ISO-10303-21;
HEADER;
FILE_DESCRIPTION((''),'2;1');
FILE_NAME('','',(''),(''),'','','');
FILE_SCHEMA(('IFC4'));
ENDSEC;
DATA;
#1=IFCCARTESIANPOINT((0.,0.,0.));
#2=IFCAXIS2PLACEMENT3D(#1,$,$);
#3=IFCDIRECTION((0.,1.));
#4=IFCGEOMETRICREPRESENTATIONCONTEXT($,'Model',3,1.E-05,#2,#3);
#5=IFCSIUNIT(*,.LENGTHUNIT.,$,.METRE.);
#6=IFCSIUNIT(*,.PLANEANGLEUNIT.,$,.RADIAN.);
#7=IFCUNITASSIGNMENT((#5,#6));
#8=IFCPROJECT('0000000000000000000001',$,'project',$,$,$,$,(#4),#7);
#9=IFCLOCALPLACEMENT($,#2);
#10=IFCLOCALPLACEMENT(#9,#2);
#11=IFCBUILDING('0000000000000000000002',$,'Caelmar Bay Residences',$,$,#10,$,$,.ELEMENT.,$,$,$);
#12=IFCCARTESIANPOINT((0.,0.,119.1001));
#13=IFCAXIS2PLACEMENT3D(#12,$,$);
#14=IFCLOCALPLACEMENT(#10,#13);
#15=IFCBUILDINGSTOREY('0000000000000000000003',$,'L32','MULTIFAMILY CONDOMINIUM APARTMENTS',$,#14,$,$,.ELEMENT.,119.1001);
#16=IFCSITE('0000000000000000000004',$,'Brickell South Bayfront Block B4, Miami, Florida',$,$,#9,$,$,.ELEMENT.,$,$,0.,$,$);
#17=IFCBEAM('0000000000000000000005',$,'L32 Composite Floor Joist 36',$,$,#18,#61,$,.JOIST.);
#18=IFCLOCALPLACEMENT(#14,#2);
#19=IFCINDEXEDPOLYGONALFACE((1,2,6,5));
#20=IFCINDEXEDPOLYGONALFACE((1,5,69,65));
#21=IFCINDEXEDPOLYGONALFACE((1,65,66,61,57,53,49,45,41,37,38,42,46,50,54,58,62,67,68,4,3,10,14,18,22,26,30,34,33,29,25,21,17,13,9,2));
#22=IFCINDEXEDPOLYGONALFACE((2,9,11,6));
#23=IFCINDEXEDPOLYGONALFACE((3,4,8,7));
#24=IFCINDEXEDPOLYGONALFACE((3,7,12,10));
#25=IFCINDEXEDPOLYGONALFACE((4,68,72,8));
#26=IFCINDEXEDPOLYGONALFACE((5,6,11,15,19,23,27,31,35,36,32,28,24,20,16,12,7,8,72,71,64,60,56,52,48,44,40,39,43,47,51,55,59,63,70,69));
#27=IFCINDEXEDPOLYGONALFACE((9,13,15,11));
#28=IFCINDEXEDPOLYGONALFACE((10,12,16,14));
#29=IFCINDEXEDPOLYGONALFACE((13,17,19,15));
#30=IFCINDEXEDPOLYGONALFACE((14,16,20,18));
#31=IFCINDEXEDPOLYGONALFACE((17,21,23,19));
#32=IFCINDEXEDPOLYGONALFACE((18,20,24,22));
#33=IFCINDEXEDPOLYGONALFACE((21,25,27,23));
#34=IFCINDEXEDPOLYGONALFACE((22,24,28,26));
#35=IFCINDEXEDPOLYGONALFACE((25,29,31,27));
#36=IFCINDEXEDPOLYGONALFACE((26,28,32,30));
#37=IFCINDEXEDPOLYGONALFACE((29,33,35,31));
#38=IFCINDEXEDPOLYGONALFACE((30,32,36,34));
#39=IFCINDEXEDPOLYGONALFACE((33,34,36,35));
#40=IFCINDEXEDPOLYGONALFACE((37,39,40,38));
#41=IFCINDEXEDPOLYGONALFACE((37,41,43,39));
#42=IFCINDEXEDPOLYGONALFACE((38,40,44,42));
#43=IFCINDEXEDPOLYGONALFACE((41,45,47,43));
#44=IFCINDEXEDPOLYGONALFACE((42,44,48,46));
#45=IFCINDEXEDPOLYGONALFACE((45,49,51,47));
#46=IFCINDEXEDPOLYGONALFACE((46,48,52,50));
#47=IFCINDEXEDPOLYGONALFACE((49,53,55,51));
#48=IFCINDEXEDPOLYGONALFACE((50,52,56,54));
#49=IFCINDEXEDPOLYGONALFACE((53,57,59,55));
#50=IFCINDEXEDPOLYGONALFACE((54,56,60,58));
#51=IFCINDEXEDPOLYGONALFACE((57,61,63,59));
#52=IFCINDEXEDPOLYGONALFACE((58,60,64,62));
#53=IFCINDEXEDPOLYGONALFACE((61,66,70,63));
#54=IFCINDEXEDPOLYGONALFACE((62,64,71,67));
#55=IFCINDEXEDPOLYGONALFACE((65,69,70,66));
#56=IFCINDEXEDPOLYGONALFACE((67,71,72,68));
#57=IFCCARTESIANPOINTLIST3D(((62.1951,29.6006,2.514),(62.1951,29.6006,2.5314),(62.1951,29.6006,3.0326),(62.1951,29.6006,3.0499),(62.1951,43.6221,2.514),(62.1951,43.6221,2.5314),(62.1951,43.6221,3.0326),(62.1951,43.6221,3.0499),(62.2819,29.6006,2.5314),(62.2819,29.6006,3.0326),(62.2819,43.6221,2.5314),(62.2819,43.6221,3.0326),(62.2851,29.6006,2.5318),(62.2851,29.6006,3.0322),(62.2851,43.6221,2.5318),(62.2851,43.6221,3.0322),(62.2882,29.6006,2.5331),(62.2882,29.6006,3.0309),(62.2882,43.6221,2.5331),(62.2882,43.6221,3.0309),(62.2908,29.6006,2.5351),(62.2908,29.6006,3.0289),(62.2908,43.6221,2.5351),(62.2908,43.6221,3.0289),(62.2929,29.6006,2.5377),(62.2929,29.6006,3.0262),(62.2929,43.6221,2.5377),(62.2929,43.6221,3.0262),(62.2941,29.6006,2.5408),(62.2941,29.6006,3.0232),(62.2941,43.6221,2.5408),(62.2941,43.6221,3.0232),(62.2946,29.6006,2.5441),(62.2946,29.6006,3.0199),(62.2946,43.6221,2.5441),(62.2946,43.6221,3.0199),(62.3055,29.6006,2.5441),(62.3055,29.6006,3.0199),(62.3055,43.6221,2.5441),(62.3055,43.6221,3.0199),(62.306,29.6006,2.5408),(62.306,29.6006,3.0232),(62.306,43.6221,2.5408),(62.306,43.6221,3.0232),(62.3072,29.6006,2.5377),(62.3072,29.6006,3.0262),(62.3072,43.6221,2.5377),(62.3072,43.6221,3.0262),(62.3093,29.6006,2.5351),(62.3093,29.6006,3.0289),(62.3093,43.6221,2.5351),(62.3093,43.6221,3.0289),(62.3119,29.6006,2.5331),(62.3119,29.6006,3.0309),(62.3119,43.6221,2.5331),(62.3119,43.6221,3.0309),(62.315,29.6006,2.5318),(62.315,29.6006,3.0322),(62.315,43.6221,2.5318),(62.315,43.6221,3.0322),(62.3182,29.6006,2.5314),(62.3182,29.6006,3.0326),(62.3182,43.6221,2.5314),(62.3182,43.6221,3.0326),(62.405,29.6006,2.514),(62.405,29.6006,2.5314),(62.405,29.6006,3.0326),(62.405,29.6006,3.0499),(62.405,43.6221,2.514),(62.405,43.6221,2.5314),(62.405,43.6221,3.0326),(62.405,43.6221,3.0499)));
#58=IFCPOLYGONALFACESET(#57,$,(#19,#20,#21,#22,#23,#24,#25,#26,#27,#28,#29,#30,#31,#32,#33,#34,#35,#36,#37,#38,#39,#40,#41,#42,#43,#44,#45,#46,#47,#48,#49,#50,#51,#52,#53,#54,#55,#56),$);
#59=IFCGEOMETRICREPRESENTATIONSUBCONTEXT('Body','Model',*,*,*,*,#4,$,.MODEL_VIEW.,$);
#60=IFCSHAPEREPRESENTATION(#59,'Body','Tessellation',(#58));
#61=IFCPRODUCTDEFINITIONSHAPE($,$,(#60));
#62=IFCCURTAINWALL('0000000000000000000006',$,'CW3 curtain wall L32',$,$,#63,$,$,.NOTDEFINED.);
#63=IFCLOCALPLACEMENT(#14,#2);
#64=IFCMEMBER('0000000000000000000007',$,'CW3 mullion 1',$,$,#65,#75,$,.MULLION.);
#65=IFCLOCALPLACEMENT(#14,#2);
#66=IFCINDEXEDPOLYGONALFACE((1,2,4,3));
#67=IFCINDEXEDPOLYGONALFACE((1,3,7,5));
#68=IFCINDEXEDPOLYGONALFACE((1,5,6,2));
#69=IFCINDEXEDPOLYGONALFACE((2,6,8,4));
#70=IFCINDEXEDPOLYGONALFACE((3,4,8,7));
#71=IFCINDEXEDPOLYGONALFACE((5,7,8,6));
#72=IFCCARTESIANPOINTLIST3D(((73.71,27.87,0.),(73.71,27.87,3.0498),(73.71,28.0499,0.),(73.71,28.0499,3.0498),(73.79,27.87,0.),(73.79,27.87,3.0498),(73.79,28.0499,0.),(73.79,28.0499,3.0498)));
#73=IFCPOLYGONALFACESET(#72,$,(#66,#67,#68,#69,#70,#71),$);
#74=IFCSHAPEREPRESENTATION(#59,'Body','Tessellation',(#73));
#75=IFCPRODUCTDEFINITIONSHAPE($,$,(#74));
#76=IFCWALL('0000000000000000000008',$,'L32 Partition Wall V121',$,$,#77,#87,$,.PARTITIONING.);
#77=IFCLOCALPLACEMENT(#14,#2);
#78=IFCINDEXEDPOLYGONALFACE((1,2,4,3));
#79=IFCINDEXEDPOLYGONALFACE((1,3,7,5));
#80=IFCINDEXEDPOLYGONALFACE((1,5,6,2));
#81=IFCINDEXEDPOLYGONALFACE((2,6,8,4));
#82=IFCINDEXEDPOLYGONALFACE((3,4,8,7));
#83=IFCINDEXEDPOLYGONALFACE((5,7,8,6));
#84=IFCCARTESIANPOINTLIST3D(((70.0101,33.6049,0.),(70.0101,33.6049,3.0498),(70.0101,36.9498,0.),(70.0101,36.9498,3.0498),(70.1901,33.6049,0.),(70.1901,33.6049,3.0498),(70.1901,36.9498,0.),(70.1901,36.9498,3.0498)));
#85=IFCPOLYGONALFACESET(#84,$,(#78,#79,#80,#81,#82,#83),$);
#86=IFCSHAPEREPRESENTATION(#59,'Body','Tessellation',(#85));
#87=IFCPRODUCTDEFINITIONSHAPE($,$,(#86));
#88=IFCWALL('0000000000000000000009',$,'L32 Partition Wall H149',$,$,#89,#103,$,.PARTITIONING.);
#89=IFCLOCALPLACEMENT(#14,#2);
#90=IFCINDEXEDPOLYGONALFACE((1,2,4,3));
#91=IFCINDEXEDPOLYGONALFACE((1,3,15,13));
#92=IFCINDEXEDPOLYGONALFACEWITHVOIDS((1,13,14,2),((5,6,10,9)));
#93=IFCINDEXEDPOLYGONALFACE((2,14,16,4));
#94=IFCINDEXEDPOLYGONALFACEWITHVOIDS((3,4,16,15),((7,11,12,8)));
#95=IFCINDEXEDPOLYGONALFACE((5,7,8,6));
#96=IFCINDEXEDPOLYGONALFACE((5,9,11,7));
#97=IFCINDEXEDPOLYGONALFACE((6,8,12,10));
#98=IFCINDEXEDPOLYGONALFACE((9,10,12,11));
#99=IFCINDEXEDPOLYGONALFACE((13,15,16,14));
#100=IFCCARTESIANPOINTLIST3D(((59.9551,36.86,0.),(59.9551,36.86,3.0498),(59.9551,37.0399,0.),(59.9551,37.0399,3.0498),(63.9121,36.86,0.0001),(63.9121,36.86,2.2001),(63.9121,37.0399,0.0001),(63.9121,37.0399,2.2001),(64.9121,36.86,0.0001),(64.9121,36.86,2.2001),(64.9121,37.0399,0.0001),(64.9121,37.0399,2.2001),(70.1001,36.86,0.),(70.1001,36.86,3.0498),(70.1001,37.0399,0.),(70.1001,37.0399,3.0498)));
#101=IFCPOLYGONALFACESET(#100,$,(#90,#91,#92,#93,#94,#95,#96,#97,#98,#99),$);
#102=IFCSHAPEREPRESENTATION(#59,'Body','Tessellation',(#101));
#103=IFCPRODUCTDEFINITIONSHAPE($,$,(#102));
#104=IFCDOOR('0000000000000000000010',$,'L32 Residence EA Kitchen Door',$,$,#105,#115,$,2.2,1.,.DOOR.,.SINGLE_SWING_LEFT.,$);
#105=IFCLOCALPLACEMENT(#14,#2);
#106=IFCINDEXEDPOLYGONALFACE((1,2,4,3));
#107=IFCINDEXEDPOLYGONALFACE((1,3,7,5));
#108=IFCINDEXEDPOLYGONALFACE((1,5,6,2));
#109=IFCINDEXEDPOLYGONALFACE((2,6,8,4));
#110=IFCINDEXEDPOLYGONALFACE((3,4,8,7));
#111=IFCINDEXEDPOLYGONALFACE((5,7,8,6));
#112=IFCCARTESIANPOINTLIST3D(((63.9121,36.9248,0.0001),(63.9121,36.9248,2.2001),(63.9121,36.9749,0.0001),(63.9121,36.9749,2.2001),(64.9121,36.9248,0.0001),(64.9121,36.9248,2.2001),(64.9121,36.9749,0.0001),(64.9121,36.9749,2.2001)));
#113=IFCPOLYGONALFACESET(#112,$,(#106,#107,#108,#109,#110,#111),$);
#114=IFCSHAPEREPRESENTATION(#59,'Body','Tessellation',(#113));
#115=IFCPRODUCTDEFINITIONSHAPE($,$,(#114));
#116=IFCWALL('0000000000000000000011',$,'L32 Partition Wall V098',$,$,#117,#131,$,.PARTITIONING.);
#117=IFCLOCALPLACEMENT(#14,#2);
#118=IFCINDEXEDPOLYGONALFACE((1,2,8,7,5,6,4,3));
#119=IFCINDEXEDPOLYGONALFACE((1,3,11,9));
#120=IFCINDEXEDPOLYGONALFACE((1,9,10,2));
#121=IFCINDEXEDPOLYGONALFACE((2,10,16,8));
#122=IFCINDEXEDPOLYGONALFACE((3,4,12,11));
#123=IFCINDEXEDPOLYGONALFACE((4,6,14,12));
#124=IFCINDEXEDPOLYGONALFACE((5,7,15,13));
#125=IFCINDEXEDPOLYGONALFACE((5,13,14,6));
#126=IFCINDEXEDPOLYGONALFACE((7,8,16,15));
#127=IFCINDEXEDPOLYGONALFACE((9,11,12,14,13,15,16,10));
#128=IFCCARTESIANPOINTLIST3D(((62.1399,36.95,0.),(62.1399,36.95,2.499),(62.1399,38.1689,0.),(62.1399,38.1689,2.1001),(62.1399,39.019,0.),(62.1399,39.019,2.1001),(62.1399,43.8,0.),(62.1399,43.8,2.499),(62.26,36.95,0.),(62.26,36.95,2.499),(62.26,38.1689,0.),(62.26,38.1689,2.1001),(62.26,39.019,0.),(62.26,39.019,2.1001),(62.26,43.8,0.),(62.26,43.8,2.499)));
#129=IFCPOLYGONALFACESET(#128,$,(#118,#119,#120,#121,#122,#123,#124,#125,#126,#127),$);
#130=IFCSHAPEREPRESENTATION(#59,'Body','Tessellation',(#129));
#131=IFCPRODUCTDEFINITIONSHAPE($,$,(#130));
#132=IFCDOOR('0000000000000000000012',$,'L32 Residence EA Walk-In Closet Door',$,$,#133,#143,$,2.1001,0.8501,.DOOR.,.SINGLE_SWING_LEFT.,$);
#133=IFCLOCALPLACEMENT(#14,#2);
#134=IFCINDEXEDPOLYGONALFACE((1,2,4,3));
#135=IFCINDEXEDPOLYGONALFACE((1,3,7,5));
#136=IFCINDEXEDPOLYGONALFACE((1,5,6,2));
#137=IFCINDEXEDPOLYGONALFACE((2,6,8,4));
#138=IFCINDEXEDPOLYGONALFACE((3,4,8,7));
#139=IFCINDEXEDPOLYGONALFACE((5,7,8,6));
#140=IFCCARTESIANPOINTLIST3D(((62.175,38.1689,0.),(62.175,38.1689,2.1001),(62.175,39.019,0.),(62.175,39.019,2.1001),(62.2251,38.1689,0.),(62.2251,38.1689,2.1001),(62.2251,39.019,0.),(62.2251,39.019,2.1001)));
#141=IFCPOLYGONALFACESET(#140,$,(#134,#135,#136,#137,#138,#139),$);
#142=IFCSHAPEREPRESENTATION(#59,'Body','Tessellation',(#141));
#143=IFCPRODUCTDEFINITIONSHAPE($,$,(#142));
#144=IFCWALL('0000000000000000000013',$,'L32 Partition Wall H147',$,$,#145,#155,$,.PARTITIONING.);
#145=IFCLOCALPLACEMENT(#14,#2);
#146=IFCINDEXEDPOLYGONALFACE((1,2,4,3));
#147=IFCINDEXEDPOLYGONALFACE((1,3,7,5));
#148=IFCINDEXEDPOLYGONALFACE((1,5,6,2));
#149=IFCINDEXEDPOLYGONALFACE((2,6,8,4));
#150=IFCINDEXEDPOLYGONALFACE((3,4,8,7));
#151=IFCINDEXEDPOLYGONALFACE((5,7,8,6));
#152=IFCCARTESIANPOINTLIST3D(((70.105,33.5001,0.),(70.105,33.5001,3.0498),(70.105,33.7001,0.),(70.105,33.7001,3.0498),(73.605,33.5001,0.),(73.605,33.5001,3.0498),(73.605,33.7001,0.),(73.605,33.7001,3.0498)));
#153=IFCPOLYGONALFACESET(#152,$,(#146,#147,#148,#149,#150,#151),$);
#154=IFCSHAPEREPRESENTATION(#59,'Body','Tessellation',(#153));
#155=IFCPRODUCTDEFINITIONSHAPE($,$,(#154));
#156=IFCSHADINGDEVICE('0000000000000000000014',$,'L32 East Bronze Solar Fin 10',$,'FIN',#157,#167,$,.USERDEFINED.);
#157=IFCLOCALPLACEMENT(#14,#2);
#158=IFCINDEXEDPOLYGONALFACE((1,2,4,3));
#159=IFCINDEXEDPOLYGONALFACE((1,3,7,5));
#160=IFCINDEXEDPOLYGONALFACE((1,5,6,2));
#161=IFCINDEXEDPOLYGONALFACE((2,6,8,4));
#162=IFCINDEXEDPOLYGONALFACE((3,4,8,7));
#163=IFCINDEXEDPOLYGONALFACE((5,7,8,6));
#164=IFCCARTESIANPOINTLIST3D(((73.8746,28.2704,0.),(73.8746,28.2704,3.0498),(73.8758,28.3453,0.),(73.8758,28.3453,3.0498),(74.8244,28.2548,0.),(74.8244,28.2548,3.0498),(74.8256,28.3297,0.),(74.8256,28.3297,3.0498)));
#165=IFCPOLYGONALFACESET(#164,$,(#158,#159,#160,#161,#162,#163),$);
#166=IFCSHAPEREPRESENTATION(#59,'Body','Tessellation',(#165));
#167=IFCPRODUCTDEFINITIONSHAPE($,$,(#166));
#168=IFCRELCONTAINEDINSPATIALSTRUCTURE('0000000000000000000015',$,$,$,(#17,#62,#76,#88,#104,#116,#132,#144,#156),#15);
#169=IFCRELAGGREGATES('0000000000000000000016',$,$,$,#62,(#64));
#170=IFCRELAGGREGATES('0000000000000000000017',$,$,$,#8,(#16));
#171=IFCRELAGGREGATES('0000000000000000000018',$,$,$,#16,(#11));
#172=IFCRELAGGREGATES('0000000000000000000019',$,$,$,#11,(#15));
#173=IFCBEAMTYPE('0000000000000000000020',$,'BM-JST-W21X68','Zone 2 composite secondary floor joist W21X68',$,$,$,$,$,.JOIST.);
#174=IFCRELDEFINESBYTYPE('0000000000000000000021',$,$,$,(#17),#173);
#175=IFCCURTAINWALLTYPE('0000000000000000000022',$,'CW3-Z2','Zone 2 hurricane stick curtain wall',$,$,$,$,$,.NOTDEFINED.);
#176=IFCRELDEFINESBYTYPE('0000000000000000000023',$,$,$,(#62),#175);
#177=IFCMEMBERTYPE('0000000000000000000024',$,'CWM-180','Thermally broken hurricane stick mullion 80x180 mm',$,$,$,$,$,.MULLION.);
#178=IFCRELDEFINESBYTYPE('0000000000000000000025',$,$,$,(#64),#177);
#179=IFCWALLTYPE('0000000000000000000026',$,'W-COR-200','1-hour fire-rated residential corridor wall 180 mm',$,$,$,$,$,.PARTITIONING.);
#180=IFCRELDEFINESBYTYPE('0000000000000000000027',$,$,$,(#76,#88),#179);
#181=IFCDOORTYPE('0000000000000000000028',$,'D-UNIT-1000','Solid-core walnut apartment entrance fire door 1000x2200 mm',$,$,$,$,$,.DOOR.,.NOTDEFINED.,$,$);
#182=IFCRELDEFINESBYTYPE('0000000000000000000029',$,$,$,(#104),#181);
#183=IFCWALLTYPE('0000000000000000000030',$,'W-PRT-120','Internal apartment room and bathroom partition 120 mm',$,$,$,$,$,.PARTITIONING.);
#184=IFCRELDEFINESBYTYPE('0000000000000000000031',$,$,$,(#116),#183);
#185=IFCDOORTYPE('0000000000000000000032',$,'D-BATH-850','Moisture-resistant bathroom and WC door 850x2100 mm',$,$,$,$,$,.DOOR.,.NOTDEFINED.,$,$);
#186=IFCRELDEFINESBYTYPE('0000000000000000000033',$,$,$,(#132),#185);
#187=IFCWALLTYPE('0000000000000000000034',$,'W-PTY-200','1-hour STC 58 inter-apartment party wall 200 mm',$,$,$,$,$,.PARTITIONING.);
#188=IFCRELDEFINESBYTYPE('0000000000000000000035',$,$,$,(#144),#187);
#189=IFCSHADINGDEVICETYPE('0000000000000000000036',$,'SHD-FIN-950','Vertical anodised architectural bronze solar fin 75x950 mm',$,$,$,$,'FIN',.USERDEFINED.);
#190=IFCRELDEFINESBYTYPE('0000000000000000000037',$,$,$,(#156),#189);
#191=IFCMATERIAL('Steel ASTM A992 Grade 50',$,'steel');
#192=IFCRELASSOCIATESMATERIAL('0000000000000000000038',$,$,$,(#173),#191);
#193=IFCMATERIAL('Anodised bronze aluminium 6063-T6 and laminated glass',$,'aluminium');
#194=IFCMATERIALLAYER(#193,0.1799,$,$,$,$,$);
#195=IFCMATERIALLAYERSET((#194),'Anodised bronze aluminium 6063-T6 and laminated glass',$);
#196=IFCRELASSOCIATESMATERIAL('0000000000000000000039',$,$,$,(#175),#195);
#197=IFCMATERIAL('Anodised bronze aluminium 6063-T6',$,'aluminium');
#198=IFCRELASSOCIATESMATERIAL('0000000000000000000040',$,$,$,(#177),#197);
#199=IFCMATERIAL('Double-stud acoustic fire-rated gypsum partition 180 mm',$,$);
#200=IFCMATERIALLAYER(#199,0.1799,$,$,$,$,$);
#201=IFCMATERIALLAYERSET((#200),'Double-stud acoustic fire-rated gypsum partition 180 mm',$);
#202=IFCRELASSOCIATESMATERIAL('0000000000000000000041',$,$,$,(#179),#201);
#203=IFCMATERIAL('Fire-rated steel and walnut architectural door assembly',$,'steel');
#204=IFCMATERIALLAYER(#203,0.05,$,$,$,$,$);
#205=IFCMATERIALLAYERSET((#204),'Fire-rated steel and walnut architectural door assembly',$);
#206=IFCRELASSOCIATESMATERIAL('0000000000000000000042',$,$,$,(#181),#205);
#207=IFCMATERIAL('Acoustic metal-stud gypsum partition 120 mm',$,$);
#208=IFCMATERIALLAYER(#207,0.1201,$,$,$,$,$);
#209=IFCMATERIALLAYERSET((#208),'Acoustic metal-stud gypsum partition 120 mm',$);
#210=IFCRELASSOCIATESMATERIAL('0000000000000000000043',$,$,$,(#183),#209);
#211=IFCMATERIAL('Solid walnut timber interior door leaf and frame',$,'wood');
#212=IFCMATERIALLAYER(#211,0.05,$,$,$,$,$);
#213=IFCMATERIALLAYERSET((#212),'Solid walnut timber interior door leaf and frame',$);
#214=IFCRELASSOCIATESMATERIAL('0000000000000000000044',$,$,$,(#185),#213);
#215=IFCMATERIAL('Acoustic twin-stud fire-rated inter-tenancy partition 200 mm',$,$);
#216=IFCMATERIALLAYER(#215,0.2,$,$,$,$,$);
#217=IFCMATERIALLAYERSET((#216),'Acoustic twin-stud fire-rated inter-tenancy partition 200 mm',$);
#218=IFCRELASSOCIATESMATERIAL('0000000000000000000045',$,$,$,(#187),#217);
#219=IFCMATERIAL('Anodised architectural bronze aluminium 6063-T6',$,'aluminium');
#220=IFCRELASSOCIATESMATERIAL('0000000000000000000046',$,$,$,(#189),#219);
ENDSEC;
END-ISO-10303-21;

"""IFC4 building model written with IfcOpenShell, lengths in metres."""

from ifc_helpers import new_model, si_unit, direction, frame, frame_2d, origin, origin_2d, place, context, subcontext, project, spatial, rectangle, i_section, extrude, material, layer, layer_set, material_profile, profile_set, type_object, element, fill, aggregate, save


model = new_model("IFC4")

# Units and contexts
model_context = context("Model", 3, precision=1e-05, world=origin(), true_north=direction((0.0, 1.0)))
body_context = subcontext(model_context, "Body", "Model", "MODEL_VIEW")
ifc_project = project(units=[si_unit("LENGTHUNIT", "METRE"), si_unit("PLANEANGLEUNIT", "RADIAN")], contexts=[model_context])

# Site, building, storey
site_placement = place(None, origin())
site = spatial("IfcSite", under=ifc_project, at=site_placement, Name="Brickell South Bayfront Block B4, Miami, Florida", CompositionType="ELEMENT", RefElevation=0.0)
building_placement = place(site_placement, origin())
building = spatial("IfcBuilding", under=site, at=building_placement, Name="Caelmar Bay Residences", CompositionType="ELEMENT")
storey_placement = place(building_placement, frame((0.0, 0.0, 119.1001)))
storey = spatial("IfcBuildingStorey", under=building, at=storey_placement, Name="L32", Description="MULTIFAMILY CONDOMINIUM APARTMENTS", CompositionType="ELEMENT", Elevation=119.1001)

# Beam
ifc_material_1 = material(Name="Steel ASTM A992 Grade 50", Category="steel")
ifc_material_profile_1 = material_profile(ifc_material_1, i_section(OverallWidth=0.21, OverallDepth=0.5359, WebThickness=0.011, FlangeThickness=0.0173, FilletRadius=0.0127, at=origin_2d()), Name="W21X68")
ifc_profile_set_1 = profile_set([ifc_material_profile_1], Name="Steel ASTM A992 Grade 50")
beam_type_1 = type_object("IfcBeamType", Name="BM-JST-W21X68", Description="Zone 2 composite secondary floor joist W21X68", PredefinedType="JOIST", material=ifc_profile_set_1)
beam_1_placement = place(storey_placement, frame((62.3, 29.6006, 2.782), z_axis=(0.0, 1.0, 0.0), x_axis=(-1.0, 0.0, 0.0)))
element("IfcBeam", 1, at=beam_1_placement, inside=storey, type_object=beam_type_1, Name="L32 Composite Floor Joist 36", PredefinedType="JOIST", context=body_context, shape_type="SweptSolid", body=[
    extrude(i_section(OverallWidth=0.21, OverallDepth=0.5359, WebThickness=0.011, FlangeThickness=0.0173, FilletRadius=0.0127, at=origin_2d()), origin(), (0.0, 0.0, 1.0), 14.0215),
])

# Curtain wall, member
ifc_material_2 = material(Name="Anodised bronze aluminium 6063-T6 and laminated glass", Category="aluminium")
ifc_layer_1 = layer(ifc_material_2, 0.1799)
ifc_layer_set_1 = layer_set([ifc_layer_1], Name="Anodised bronze aluminium 6063-T6 and laminated glass")
curtain_wall_type = type_object("IfcCurtainWallType", Name="CW3-Z2", Description="Zone 2 hurricane stick curtain wall", PredefinedType="NOTDEFINED", material=ifc_layer_set_1)
curtain_wall_placement = place(storey_placement, origin())
curtain_wall = element("IfcCurtainWall", 2, at=curtain_wall_placement, inside=storey, type_object=curtain_wall_type, Name="CW3 curtain wall L32", PredefinedType="NOTDEFINED")
ifc_material_3 = material(Name="Anodised bronze aluminium 6063-T6", Category="aluminium")
ifc_material_profile_2 = material_profile(ifc_material_3, rectangle(XDim=0.0801, YDim=0.1799, at=origin_2d()), Name="CWM-80X180")
ifc_profile_set_2 = profile_set([ifc_material_profile_2], Name="Anodised bronze aluminium 6063-T6")
member_type = type_object("IfcMemberType", Name="CWM-180", Description="Thermally broken hurricane stick mullion 80x180 mm", PredefinedType="MULLION", material=ifc_profile_set_2)
member_placement = place(storey_placement, frame((73.75, 27.96, 0.0), z_axis=(0.0, 0.0, 1.0), x_axis=(1.0, 0.0, 0.0)))
member = element("IfcMember", 3, at=member_placement, type_object=member_type, Name="CW3 mullion 1", PredefinedType="MULLION", context=body_context, shape_type="SweptSolid", body=[
    extrude(rectangle(XDim=0.0801, YDim=0.1799, at=origin_2d()), origin(), (0.0, 0.0, 1.0), 3.0498),
])
aggregate(curtain_wall, [member])

# Wall
ifc_material_4 = material(Name="Double-stud acoustic fire-rated gypsum partition 180 mm")
ifc_layer_2 = layer(ifc_material_4, 0.1799)
ifc_layer_set_2 = layer_set([ifc_layer_2], Name="Double-stud acoustic fire-rated gypsum partition 180 mm")
wall_type_1 = type_object("IfcWallType", Name="W-COR-200", Description="1-hour fire-rated residential corridor wall 180 mm", PredefinedType="PARTITIONING", material=ifc_layer_set_2)
wall_1_placement = place(storey_placement, frame((70.1001, 33.605, 0.0), z_axis=(0.0, 0.0, 1.0), x_axis=(0.0, 1.0, 0.0)))
element("IfcWall", 4, at=wall_1_placement, inside=storey, type_object=wall_type_1, Name="L32 Partition Wall V121", PredefinedType="PARTITIONING", context=body_context, shape_type="SweptSolid", body=[
    extrude(rectangle(XDim=3.345, YDim=0.1799, at=frame_2d((1.6724, 0.0))), origin(), (0.0, 0.0, 1.0), 3.0498),
])

# Walls, openings, doors
wall_2_placement = place(storey_placement, frame((59.9551, 36.95, 0.0), z_axis=(0.0, 0.0, 1.0), x_axis=(1.0, 0.0, 0.0)))
wall_2 = element("IfcWall", 5, at=wall_2_placement, inside=storey, type_object=wall_type_1, Name="L32 Partition Wall H149", PredefinedType="PARTITIONING", context=body_context, shape_type="SweptSolid", body=[
    extrude(rectangle(XDim=10.145, YDim=0.1799, at=frame_2d((5.0725, 0.0))), origin(), (0.0, 0.0, 1.0), 3.0498),
])
opening_1_placement = place(wall_2_placement, frame((3.957, 0.0, 0.0)))
opening_1 = element("IfcOpeningElement", 6, at=opening_1_placement, cuts=wall_2, PredefinedType="OPENING", context=body_context, shape_type="SweptSolid", body=[
    extrude(rectangle(XDim=1.0, YDim=2.2, at=frame_2d((0.5, 1.1001))), frame((0.0, 0.0999, 0.0), z_axis=(0.0, -1.0, 0.0), x_axis=(1.0, 0.0, 0.0)), (0.0, 0.0, 1.0), 0.2),
])
ifc_material_5 = material(Name="Fire-rated steel and walnut architectural door assembly", Category="steel")
ifc_layer_3 = layer(ifc_material_5, 0.05)
ifc_layer_set_3 = layer_set([ifc_layer_3], Name="Fire-rated steel and walnut architectural door assembly")
door_type_1 = type_object("IfcDoorType", Name="D-UNIT-1000", Description="Solid-core walnut apartment entrance fire door 1000x2200 mm", OperationType="NOTDEFINED", PredefinedType="DOOR", material=ifc_layer_set_3)
door_1_placement = place(opening_1_placement, origin())
door_1 = element("IfcDoor", 7, at=door_1_placement, inside=storey, type_object=door_type_1, Name="L32 Residence EA Kitchen Door", OperationType="SINGLE_SWING_LEFT", OverallHeight=2.2, OverallWidth=1.0, PredefinedType="DOOR", context=body_context, shape_type="SweptSolid", body=[
    extrude(rectangle(XDim=1.0, YDim=2.2, at=frame_2d((0.5, 1.1001))), frame((0.0, 0.0249, 0.0), z_axis=(0.0, -1.0, 0.0), x_axis=(1.0, 0.0, 0.0)), (0.0, 0.0, 1.0), 0.05),
])
fill(opening_1, door_1)
ifc_material_6 = material(Name="Acoustic metal-stud gypsum partition 120 mm")
ifc_layer_4 = layer(ifc_material_6, 0.1201)
ifc_layer_set_4 = layer_set([ifc_layer_4], Name="Acoustic metal-stud gypsum partition 120 mm")
wall_type_2 = type_object("IfcWallType", Name="W-PRT-120", Description="Internal apartment room and bathroom partition 120 mm", PredefinedType="PARTITIONING", material=ifc_layer_set_4)
wall_3_placement = place(storey_placement, frame((62.2, 36.95, 0.0), z_axis=(0.0, 0.0, 1.0), x_axis=(0.0, 1.0, 0.0)))
wall_3 = element("IfcWall", 8, at=wall_3_placement, inside=storey, type_object=wall_type_2, Name="L32 Partition Wall V098", PredefinedType="PARTITIONING", context=body_context, shape_type="SweptSolid", body=[
    extrude(rectangle(XDim=6.8501, YDim=0.1201, at=frame_2d((3.425, 0.0))), origin(), (0.0, 0.0, 1.0), 2.499),
])
opening_2_placement = place(wall_3_placement, frame((1.219, 0.0, 0.0)))
opening_2 = element("IfcOpeningElement", 9, at=opening_2_placement, cuts=wall_3, PredefinedType="OPENING", context=body_context, shape_type="SweptSolid", body=[
    extrude(rectangle(XDim=0.8501, YDim=2.1001, at=frame_2d((0.425, 1.05))), frame((0.0, 0.0701, 0.0), z_axis=(0.0, -1.0, 0.0), x_axis=(1.0, 0.0, 0.0)), (0.0, 0.0, 1.0), 0.1401),
])
ifc_material_7 = material(Name="Solid walnut timber interior door leaf and frame", Category="wood")
ifc_layer_5 = layer(ifc_material_7, 0.05)
ifc_layer_set_5 = layer_set([ifc_layer_5], Name="Solid walnut timber interior door leaf and frame")
door_type_2 = type_object("IfcDoorType", Name="D-BATH-850", Description="Moisture-resistant bathroom and WC door 850x2100 mm", OperationType="NOTDEFINED", PredefinedType="DOOR", material=ifc_layer_set_5)
door_2_placement = place(opening_2_placement, origin())
door_2 = element("IfcDoor", 10, at=door_2_placement, inside=storey, type_object=door_type_2, Name="L32 Residence EA Walk-In Closet Door", OperationType="SINGLE_SWING_LEFT", OverallHeight=2.1001, OverallWidth=0.8501, PredefinedType="DOOR", context=body_context, shape_type="SweptSolid", body=[
    extrude(rectangle(XDim=0.8501, YDim=2.1001, at=frame_2d((0.425, 1.05))), frame((0.0, 0.0249, 0.0), z_axis=(0.0, -1.0, 0.0), x_axis=(1.0, 0.0, 0.0)), (0.0, 0.0, 1.0), 0.05),
])
fill(opening_2, door_2)

# Wall
ifc_material_8 = material(Name="Acoustic twin-stud fire-rated inter-tenancy partition 200 mm")
ifc_layer_6 = layer(ifc_material_8, 0.2)
ifc_layer_set_6 = layer_set([ifc_layer_6], Name="Acoustic twin-stud fire-rated inter-tenancy partition 200 mm")
wall_type_3 = type_object("IfcWallType", Name="W-PTY-200", Description="1-hour STC 58 inter-apartment party wall 200 mm", PredefinedType="PARTITIONING", material=ifc_layer_set_6)
wall_4_placement = place(storey_placement, frame((70.105, 33.6001, 0.0), z_axis=(0.0, 0.0, 1.0), x_axis=(1.0, 0.0, 0.0)))
element("IfcWall", 11, at=wall_4_placement, inside=storey, type_object=wall_type_3, Name="L32 Partition Wall H147", PredefinedType="PARTITIONING", context=body_context, shape_type="SweptSolid", body=[
    extrude(rectangle(XDim=3.5, YDim=0.2, at=frame_2d((1.75, 0.0))), origin(), (0.0, 0.0, 1.0), 3.0498),
])

# Shading device
ifc_material_9 = material(Name="Anodised architectural bronze aluminium 6063-T6", Category="aluminium")
ifc_material_profile_3 = material_profile(ifc_material_9, rectangle(XDim=0.075, YDim=0.95, at=origin_2d()), Name="BRONZE-FIN-75X950")
ifc_profile_set_3 = profile_set([ifc_material_profile_3], Name="Anodised architectural bronze aluminium 6063-T6")
shading_device_type = type_object("IfcShadingDeviceType", Name="SHD-FIN-950", Description="Vertical anodised architectural bronze solar fin 75x950 mm", ElementType="FIN", PredefinedType="USERDEFINED", material=ifc_profile_set_3)
for number, where, z_axis, x_axis, name in (
    (12, (74.3501, 28.3, 0.0), (0.0, 0.0, 1.0), (0.016405, 0.999865, 0.0), "L32 East Bronze Solar Fin 10"),
):
    element("IfcShadingDevice", number, at=place(storey_placement, frame(where, z_axis=z_axis, x_axis=x_axis)), inside=storey, type_object=shading_device_type, Name=name, ObjectType="FIN", PredefinedType="USERDEFINED", context=body_context, shape_type="SweptSolid", body=[
        extrude(rectangle(XDim=0.075, YDim=0.95, at=origin_2d()), origin(), (0.0, 0.0, 1.0), 3.0498),
    ])

save(model, "model.ifc")
